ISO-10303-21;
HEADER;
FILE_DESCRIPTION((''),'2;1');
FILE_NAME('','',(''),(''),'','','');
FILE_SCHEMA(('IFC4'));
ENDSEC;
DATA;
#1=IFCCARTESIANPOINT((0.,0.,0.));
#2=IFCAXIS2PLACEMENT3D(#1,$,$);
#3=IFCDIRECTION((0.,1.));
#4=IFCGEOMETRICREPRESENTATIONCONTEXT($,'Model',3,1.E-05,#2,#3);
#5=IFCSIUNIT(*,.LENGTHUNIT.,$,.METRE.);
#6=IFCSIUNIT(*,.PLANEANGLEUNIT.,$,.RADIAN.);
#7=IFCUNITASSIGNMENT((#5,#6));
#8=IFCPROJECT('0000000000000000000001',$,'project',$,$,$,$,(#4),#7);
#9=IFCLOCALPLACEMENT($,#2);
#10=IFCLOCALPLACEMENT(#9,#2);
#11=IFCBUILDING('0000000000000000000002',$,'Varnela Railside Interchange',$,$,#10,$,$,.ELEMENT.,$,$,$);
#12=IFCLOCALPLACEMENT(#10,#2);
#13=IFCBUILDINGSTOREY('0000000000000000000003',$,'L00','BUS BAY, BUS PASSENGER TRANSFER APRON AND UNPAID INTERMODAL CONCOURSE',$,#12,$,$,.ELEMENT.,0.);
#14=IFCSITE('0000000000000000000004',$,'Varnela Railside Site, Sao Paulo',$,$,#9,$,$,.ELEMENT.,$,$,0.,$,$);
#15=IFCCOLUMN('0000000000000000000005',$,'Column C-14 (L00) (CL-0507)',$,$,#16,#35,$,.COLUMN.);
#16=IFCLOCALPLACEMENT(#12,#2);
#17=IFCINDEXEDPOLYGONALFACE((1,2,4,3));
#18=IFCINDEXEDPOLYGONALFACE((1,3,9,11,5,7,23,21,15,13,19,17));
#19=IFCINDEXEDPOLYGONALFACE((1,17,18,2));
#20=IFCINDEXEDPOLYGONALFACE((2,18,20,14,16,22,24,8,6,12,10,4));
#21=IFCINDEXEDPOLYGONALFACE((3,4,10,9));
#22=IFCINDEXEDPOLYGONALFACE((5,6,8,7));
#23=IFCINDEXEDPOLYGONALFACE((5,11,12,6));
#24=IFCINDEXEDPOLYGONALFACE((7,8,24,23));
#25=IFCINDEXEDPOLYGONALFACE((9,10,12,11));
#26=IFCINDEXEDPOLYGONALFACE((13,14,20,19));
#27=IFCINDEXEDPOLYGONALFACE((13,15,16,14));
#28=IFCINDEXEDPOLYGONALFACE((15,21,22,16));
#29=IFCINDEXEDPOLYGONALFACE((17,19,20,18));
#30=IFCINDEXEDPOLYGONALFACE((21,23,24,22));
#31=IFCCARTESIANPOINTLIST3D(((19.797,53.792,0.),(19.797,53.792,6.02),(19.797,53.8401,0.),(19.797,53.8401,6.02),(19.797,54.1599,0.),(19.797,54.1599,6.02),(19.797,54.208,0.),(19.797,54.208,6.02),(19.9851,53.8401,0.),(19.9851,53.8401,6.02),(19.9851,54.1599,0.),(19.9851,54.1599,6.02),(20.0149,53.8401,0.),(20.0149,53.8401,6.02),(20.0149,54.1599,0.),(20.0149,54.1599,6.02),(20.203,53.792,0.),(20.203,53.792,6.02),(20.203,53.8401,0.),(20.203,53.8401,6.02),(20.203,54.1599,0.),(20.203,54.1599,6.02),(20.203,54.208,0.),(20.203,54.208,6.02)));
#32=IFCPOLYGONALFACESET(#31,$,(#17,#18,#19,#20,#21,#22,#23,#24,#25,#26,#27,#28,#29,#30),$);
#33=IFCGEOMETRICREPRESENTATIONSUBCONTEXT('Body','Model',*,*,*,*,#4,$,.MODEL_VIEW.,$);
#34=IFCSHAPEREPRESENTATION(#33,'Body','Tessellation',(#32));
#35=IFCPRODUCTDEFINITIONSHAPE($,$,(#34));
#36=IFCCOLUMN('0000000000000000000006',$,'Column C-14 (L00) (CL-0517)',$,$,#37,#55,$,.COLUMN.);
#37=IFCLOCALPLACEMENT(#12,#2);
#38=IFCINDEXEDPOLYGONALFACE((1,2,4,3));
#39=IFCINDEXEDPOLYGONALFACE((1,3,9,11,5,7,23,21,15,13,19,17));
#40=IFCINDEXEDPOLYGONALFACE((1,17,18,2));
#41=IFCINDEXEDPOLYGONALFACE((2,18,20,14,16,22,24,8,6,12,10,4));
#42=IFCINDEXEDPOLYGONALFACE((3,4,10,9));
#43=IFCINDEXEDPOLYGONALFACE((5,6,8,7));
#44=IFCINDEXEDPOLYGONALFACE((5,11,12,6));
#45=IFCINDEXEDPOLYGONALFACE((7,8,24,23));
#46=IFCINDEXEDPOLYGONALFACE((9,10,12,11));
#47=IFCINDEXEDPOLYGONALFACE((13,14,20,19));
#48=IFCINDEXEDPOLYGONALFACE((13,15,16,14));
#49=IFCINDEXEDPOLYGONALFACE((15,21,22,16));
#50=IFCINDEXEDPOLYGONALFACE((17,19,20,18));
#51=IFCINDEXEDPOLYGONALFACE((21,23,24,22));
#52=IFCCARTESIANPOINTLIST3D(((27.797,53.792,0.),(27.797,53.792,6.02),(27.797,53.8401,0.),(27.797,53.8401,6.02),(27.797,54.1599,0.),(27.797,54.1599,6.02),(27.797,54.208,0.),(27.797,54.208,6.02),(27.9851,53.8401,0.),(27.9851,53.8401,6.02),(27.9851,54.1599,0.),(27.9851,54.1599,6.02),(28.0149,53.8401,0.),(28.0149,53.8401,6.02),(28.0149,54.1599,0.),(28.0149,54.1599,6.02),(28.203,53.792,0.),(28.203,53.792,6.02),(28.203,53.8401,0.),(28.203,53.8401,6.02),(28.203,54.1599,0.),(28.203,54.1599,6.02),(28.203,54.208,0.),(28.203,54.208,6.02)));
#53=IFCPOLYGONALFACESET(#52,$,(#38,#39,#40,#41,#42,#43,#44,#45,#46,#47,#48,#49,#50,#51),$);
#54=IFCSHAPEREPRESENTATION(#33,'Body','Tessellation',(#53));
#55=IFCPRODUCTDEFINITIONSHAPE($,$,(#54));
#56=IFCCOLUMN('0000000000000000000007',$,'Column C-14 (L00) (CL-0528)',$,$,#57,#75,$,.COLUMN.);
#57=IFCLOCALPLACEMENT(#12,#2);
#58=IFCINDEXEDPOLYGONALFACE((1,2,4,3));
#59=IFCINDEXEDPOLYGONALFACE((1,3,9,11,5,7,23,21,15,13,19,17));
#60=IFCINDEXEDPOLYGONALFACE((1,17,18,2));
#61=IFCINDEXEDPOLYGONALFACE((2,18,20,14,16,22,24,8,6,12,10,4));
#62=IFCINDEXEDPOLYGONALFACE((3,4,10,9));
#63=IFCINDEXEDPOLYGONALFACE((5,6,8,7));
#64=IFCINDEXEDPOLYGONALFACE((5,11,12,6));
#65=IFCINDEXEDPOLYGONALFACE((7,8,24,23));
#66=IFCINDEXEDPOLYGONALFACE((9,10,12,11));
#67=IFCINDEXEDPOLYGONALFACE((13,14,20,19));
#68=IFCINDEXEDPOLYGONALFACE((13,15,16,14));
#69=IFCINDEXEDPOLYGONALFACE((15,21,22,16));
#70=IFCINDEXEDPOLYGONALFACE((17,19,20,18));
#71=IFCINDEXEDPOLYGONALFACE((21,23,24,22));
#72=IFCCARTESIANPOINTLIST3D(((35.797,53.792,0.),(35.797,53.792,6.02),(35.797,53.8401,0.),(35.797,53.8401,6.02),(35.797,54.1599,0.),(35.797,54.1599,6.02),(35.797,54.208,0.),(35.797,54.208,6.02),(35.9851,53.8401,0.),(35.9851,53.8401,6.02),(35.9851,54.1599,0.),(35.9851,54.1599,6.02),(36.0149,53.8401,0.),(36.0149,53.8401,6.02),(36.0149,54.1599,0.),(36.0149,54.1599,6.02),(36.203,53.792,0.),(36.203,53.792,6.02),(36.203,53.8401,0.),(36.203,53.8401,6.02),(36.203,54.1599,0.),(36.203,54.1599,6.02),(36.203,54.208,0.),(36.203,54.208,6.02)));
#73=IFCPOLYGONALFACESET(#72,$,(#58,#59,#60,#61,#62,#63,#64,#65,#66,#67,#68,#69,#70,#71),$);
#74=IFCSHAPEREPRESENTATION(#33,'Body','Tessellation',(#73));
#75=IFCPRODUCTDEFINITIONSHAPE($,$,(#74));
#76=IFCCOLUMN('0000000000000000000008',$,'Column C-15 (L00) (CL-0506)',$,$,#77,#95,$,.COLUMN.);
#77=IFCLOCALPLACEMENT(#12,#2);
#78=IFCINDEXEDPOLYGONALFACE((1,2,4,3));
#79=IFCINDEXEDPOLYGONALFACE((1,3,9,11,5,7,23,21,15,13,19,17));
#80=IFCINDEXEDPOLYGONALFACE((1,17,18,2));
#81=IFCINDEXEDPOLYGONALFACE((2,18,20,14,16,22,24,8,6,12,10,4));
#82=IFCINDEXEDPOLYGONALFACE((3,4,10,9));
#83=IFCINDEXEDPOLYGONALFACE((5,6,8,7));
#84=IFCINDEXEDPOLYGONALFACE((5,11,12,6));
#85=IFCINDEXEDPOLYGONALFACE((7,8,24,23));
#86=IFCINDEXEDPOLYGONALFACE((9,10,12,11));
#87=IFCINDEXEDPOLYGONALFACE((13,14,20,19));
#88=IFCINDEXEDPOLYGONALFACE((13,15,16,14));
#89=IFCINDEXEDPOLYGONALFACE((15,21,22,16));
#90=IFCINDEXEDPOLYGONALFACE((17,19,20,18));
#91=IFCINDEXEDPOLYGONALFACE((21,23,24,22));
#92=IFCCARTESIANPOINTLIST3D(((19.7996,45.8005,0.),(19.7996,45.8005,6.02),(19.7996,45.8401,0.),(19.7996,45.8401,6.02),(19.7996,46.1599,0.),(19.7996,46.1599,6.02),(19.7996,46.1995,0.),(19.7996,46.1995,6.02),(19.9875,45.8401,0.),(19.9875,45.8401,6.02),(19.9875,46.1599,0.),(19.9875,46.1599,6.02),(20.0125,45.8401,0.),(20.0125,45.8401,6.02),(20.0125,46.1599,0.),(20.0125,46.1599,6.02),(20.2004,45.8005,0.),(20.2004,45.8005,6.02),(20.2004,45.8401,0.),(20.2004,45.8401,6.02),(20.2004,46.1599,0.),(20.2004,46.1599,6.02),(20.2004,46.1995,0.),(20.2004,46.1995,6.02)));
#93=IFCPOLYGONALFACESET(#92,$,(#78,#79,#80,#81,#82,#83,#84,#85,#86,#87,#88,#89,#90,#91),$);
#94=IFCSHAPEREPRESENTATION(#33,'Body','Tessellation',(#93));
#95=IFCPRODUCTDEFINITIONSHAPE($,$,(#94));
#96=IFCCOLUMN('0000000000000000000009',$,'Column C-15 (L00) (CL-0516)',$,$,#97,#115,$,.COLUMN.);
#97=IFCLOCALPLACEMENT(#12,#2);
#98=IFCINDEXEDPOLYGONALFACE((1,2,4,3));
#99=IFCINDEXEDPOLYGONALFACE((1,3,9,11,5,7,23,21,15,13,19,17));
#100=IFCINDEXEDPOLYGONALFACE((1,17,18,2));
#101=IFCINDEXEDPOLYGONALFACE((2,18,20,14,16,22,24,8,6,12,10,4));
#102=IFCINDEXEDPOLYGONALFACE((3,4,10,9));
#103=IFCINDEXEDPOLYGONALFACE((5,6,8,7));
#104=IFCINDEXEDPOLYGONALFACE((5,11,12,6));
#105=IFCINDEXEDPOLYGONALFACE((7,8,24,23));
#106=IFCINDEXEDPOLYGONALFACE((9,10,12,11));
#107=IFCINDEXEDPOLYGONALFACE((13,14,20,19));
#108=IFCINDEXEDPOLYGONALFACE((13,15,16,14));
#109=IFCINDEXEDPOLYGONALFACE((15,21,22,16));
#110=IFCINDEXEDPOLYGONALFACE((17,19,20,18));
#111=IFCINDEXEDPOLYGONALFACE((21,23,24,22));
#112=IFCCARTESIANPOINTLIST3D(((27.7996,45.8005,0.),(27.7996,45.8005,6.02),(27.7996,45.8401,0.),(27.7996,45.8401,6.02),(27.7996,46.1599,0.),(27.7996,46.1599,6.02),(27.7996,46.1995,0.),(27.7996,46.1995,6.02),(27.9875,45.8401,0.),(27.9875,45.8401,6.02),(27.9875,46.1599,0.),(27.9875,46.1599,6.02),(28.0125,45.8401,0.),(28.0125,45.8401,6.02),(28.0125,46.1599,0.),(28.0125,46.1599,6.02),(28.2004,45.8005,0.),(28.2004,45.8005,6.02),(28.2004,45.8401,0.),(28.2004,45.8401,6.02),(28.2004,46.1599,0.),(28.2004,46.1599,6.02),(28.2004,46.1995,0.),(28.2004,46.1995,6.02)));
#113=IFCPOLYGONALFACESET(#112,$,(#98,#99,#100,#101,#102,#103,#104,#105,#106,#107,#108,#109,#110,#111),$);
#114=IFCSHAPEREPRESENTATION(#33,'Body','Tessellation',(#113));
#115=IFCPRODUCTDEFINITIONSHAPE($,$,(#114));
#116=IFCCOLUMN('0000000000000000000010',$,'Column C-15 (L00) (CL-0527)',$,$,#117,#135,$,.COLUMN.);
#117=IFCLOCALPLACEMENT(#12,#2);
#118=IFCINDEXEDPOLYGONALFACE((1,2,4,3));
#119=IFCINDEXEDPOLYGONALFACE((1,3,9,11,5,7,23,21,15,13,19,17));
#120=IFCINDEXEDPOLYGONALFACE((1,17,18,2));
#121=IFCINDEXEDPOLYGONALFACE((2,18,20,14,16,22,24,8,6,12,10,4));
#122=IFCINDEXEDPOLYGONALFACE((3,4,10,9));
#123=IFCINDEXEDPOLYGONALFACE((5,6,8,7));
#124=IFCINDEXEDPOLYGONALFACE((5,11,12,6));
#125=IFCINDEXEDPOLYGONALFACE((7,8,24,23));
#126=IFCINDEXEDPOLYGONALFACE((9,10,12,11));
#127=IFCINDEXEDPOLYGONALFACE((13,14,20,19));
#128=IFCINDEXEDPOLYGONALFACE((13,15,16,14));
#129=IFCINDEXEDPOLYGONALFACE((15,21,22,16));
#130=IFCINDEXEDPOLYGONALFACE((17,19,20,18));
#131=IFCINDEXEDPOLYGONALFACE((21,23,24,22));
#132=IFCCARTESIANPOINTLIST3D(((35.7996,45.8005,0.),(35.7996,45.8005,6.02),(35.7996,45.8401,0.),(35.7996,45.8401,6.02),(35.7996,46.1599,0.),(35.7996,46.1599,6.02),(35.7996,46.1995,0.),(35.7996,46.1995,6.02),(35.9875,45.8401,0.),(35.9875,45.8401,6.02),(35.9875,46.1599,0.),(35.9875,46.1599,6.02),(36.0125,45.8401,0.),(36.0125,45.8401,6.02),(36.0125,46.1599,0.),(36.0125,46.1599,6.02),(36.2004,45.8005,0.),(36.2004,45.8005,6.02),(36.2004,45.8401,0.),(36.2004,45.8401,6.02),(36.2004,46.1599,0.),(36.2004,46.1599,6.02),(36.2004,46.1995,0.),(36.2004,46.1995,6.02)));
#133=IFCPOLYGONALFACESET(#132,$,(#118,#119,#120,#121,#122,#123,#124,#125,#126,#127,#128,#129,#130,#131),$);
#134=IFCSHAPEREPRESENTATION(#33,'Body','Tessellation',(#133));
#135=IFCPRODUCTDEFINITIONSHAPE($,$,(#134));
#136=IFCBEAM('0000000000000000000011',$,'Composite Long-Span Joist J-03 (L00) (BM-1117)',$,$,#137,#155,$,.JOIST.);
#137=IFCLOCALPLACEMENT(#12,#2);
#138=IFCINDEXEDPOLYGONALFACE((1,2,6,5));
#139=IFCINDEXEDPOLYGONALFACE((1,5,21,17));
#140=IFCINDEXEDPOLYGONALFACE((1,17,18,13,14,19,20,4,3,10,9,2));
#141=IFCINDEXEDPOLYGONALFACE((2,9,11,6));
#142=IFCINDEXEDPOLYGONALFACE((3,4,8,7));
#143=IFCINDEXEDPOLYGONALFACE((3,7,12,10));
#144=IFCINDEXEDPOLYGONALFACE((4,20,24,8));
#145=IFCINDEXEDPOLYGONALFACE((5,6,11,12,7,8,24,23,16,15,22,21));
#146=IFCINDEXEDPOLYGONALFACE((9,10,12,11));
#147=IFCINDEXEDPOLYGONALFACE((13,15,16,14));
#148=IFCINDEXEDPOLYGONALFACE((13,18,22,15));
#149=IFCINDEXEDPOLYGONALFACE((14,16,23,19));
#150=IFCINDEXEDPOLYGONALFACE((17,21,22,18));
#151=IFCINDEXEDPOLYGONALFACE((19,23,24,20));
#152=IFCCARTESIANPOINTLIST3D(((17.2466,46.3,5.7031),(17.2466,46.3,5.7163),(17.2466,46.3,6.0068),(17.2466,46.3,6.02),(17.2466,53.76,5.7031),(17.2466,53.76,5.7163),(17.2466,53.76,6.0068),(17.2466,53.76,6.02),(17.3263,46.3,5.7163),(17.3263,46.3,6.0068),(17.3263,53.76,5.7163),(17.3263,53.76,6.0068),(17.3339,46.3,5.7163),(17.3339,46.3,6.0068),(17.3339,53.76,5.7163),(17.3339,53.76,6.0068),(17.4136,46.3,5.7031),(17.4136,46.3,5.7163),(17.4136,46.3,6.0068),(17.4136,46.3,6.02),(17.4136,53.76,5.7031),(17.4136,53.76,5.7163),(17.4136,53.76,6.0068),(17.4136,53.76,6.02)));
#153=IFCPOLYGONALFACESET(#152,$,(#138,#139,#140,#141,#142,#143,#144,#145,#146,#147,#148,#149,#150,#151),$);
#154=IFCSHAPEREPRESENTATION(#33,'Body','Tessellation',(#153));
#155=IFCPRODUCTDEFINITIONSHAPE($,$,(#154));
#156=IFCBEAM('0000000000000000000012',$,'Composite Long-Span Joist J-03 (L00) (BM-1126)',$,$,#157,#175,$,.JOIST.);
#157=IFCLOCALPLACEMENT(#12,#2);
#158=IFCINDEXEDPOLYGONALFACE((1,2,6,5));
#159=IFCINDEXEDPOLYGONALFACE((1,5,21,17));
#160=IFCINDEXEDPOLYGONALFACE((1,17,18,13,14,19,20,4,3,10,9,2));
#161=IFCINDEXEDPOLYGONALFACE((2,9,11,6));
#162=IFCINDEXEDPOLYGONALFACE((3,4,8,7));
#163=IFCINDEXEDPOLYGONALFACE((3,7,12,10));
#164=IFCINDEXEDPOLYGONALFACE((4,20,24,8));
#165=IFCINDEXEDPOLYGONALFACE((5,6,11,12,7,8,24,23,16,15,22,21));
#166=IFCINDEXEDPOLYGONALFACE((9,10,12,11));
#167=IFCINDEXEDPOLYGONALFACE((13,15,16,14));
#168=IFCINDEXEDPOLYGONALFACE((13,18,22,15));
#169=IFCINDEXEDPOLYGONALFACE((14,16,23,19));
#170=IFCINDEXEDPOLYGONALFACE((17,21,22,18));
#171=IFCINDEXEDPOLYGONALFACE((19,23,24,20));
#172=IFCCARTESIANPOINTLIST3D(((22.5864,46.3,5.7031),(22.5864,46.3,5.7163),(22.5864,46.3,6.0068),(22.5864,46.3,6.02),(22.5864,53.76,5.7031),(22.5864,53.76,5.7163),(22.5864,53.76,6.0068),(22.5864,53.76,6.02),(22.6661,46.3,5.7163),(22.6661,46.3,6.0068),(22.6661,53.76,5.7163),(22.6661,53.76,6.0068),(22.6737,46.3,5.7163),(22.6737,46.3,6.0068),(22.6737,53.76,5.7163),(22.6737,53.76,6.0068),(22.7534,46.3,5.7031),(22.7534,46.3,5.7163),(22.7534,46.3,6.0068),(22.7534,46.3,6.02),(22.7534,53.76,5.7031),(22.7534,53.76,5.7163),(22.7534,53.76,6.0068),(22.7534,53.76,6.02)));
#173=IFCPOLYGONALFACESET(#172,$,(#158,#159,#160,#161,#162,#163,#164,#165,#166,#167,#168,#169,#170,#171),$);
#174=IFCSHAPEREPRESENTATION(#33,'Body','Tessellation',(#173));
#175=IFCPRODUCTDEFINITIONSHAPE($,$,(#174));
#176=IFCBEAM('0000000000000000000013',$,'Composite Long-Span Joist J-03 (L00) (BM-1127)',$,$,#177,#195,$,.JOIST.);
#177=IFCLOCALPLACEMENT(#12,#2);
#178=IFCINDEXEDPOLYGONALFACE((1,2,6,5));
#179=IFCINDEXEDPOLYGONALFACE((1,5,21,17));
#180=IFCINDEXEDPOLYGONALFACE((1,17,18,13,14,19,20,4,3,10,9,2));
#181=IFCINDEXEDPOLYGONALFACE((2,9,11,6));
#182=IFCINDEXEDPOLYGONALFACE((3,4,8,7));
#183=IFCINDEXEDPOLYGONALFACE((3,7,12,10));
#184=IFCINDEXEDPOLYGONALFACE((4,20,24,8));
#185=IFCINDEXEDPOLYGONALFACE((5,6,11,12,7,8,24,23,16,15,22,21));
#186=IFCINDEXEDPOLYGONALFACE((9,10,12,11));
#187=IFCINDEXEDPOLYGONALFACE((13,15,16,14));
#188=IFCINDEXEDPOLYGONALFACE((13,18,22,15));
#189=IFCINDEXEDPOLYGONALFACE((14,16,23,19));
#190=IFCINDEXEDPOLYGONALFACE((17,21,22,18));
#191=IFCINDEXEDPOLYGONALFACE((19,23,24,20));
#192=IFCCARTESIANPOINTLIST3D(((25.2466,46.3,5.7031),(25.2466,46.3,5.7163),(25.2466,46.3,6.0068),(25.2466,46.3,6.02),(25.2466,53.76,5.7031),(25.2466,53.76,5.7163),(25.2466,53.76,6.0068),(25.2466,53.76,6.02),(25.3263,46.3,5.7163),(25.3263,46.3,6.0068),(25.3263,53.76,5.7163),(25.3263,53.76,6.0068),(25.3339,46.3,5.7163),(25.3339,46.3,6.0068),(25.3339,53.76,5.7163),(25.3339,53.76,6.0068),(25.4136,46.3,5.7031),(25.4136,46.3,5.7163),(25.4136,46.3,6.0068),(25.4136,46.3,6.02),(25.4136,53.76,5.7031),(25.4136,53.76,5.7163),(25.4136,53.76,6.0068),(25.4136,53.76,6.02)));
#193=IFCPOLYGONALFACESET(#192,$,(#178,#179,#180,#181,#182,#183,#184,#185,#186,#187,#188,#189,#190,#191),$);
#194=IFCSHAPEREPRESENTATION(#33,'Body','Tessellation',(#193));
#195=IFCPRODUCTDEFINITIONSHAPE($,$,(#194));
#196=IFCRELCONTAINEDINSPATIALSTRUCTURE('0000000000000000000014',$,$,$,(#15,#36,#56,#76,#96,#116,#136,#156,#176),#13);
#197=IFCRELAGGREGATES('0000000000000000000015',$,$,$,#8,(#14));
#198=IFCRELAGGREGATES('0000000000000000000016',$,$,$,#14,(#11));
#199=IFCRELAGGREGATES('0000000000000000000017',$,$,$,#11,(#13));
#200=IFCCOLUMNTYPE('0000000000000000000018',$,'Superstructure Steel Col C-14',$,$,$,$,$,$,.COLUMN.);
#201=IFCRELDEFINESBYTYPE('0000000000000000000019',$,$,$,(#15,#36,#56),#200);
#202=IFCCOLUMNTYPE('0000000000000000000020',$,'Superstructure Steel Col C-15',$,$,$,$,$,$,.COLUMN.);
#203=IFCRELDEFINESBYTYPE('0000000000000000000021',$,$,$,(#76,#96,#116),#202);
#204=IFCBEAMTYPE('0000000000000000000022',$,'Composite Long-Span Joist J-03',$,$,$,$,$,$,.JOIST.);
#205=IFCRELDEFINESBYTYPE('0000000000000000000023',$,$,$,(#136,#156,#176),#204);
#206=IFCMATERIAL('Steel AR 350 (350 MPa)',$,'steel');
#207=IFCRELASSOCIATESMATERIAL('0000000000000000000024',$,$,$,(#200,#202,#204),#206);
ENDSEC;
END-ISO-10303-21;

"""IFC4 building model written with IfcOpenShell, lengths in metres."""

from ifc_helpers import new_model, si_unit, direction, frame, origin, origin_2d, place, context, subcontext, project, spatial, i_section, extrude, material, material_profile, profile_set, type_object, element, save


model = new_model("IFC4")

# Units and contexts
model_context = context("Model", 3, precision=1e-05, world=origin(), true_north=direction((0.0, 1.0)))
body_context = subcontext(model_context, "Body", "Model", "MODEL_VIEW")
ifc_project = project(units=[si_unit("LENGTHUNIT", "METRE"), si_unit("PLANEANGLEUNIT", "RADIAN")], contexts=[model_context])

# Site, building, storey
site_placement = place(None, origin())
site = spatial("IfcSite", under=ifc_project, at=site_placement, Name="Varnela Railside Site, Sao Paulo", CompositionType="ELEMENT", RefElevation=0.0)
building_placement = place(site_placement, origin())
building = spatial("IfcBuilding", under=site, at=building_placement, Name="Varnela Railside Interchange", CompositionType="ELEMENT")
storey_placement = place(building_placement, origin())
storey = spatial("IfcBuildingStorey", under=building, at=storey_placement, Name="L00", Description="BUS BAY, BUS PASSENGER TRANSFER APRON AND UNPAID INTERMODAL CONCOURSE", CompositionType="ELEMENT", Elevation=0.0)

# Columns
ifc_material_1 = material(Name="Steel AR 350 (350 MPa)", Category="steel")
ifc_material_profile_1 = material_profile(ifc_material_1, i_section(OverallWidth=0.406, OverallDepth=0.416, WebThickness=0.0298, FlangeThickness=0.0481, at=origin_2d()), Name="W360x382")
ifc_profile_set_1 = profile_set([ifc_material_profile_1], Name="Steel AR 350 (350 MPa)")
column_type_1 = type_object("IfcColumnType", Name="Superstructure Steel Col C-14", PredefinedType="COLUMN", material=ifc_profile_set_1)
for number, where, z_axis, x_axis, name in (
    (1, (20.0, 54.0, 0.0), (0.0, 0.0, 1.0), (1.0, 0.0, 0.0), "Column C-14 (L00) (CL-0507)"),
    (2, (28.0, 54.0, 0.0), (0.0, 0.0, 1.0), (1.0, 0.0, 0.0), "Column C-14 (L00) (CL-0517)"),
    (3, (36.0, 54.0, 0.0), (0.0, 0.0, 1.0), (1.0, 0.0, 0.0), "Column C-14 (L00) (CL-0528)"),
):
    element("IfcColumn", number, at=place(storey_placement, frame(where, z_axis=z_axis, x_axis=x_axis)), inside=storey, type_object=column_type_1, Name=name, PredefinedType="COLUMN", context=body_context, shape_type="SweptSolid", body=[
        extrude(i_section(OverallWidth=0.406, OverallDepth=0.416, WebThickness=0.0298, FlangeThickness=0.0481, at=origin_2d()), origin(), (0.0, 0.0, 1.0), 6.02),
    ])
ifc_material_profile_2 = material_profile(ifc_material_1, i_section(OverallWidth=0.4009, OverallDepth=0.3989, WebThickness=0.0249, FlangeThickness=0.0396, at=origin_2d()), Name="W360x314")
ifc_profile_set_2 = profile_set([ifc_material_profile_2], Name="Steel AR 350 (350 MPa)")
column_type_2 = type_object("IfcColumnType", Name="Superstructure Steel Col C-15", PredefinedType="COLUMN", material=ifc_profile_set_2)
for number, where, z_axis, x_axis, name in (
    (4, (20.0, 46.0, 0.0), (0.0, 0.0, 1.0), (1.0, 0.0, 0.0), "Column C-15 (L00) (CL-0506)"),
    (5, (28.0, 46.0, 0.0), (0.0, 0.0, 1.0), (1.0, 0.0, 0.0), "Column C-15 (L00) (CL-0516)"),
    (6, (36.0, 46.0, 0.0), (0.0, 0.0, 1.0), (1.0, 0.0, 0.0), "Column C-15 (L00) (CL-0527)"),
):
    element("IfcColumn", number, at=place(storey_placement, frame(where, z_axis=z_axis, x_axis=x_axis)), inside=storey, type_object=column_type_2, Name=name, PredefinedType="COLUMN", context=body_context, shape_type="SweptSolid", body=[
        extrude(i_section(OverallWidth=0.4009, OverallDepth=0.3989, WebThickness=0.0249, FlangeThickness=0.0396, at=origin_2d()), origin(), (0.0, 0.0, 1.0), 6.02),
    ])

# Beams
ifc_material_profile_3 = material_profile(ifc_material_1, i_section(OverallWidth=0.167, OverallDepth=0.3169, WebThickness=0.0076, FlangeThickness=0.0132, at=origin_2d()), Name="W310x52")
ifc_profile_set_3 = profile_set([ifc_material_profile_3], Name="Steel AR 350 (350 MPa)")
beam_type_1 = type_object("IfcBeamType", Name="Composite Long-Span Joist J-03", PredefinedType="JOIST", material=ifc_profile_set_3)
for number, where, z_axis, x_axis, name in (
    (7, (17.3301, 46.3, 5.8616), (0.0, 1.0, 0.0), (-1.0, 0.0, 0.0), "Composite Long-Span Joist J-03 (L00) (BM-1117)"),
    (8, (22.6699, 46.3, 5.8616), (0.0, 1.0, 0.0), (-1.0, 0.0, 0.0), "Composite Long-Span Joist J-03 (L00) (BM-1126)"),
    (9, (25.3301, 46.3, 5.8616), (0.0, 1.0, 0.0), (-1.0, 0.0, 0.0), "Composite Long-Span Joist J-03 (L00) (BM-1127)"),
):
    element("IfcBeam", number, at=place(storey_placement, frame(where, z_axis=z_axis, x_axis=x_axis)), inside=storey, type_object=beam_type_1, Name=name, PredefinedType="JOIST", context=body_context, shape_type="SweptSolid", body=[
        extrude(i_section(OverallWidth=0.167, OverallDepth=0.3169, WebThickness=0.0076, FlangeThickness=0.0132, at=origin_2d()), origin(), (0.0, 0.0, 1.0), 7.46),
    ])

save(model, "model.ifc")
